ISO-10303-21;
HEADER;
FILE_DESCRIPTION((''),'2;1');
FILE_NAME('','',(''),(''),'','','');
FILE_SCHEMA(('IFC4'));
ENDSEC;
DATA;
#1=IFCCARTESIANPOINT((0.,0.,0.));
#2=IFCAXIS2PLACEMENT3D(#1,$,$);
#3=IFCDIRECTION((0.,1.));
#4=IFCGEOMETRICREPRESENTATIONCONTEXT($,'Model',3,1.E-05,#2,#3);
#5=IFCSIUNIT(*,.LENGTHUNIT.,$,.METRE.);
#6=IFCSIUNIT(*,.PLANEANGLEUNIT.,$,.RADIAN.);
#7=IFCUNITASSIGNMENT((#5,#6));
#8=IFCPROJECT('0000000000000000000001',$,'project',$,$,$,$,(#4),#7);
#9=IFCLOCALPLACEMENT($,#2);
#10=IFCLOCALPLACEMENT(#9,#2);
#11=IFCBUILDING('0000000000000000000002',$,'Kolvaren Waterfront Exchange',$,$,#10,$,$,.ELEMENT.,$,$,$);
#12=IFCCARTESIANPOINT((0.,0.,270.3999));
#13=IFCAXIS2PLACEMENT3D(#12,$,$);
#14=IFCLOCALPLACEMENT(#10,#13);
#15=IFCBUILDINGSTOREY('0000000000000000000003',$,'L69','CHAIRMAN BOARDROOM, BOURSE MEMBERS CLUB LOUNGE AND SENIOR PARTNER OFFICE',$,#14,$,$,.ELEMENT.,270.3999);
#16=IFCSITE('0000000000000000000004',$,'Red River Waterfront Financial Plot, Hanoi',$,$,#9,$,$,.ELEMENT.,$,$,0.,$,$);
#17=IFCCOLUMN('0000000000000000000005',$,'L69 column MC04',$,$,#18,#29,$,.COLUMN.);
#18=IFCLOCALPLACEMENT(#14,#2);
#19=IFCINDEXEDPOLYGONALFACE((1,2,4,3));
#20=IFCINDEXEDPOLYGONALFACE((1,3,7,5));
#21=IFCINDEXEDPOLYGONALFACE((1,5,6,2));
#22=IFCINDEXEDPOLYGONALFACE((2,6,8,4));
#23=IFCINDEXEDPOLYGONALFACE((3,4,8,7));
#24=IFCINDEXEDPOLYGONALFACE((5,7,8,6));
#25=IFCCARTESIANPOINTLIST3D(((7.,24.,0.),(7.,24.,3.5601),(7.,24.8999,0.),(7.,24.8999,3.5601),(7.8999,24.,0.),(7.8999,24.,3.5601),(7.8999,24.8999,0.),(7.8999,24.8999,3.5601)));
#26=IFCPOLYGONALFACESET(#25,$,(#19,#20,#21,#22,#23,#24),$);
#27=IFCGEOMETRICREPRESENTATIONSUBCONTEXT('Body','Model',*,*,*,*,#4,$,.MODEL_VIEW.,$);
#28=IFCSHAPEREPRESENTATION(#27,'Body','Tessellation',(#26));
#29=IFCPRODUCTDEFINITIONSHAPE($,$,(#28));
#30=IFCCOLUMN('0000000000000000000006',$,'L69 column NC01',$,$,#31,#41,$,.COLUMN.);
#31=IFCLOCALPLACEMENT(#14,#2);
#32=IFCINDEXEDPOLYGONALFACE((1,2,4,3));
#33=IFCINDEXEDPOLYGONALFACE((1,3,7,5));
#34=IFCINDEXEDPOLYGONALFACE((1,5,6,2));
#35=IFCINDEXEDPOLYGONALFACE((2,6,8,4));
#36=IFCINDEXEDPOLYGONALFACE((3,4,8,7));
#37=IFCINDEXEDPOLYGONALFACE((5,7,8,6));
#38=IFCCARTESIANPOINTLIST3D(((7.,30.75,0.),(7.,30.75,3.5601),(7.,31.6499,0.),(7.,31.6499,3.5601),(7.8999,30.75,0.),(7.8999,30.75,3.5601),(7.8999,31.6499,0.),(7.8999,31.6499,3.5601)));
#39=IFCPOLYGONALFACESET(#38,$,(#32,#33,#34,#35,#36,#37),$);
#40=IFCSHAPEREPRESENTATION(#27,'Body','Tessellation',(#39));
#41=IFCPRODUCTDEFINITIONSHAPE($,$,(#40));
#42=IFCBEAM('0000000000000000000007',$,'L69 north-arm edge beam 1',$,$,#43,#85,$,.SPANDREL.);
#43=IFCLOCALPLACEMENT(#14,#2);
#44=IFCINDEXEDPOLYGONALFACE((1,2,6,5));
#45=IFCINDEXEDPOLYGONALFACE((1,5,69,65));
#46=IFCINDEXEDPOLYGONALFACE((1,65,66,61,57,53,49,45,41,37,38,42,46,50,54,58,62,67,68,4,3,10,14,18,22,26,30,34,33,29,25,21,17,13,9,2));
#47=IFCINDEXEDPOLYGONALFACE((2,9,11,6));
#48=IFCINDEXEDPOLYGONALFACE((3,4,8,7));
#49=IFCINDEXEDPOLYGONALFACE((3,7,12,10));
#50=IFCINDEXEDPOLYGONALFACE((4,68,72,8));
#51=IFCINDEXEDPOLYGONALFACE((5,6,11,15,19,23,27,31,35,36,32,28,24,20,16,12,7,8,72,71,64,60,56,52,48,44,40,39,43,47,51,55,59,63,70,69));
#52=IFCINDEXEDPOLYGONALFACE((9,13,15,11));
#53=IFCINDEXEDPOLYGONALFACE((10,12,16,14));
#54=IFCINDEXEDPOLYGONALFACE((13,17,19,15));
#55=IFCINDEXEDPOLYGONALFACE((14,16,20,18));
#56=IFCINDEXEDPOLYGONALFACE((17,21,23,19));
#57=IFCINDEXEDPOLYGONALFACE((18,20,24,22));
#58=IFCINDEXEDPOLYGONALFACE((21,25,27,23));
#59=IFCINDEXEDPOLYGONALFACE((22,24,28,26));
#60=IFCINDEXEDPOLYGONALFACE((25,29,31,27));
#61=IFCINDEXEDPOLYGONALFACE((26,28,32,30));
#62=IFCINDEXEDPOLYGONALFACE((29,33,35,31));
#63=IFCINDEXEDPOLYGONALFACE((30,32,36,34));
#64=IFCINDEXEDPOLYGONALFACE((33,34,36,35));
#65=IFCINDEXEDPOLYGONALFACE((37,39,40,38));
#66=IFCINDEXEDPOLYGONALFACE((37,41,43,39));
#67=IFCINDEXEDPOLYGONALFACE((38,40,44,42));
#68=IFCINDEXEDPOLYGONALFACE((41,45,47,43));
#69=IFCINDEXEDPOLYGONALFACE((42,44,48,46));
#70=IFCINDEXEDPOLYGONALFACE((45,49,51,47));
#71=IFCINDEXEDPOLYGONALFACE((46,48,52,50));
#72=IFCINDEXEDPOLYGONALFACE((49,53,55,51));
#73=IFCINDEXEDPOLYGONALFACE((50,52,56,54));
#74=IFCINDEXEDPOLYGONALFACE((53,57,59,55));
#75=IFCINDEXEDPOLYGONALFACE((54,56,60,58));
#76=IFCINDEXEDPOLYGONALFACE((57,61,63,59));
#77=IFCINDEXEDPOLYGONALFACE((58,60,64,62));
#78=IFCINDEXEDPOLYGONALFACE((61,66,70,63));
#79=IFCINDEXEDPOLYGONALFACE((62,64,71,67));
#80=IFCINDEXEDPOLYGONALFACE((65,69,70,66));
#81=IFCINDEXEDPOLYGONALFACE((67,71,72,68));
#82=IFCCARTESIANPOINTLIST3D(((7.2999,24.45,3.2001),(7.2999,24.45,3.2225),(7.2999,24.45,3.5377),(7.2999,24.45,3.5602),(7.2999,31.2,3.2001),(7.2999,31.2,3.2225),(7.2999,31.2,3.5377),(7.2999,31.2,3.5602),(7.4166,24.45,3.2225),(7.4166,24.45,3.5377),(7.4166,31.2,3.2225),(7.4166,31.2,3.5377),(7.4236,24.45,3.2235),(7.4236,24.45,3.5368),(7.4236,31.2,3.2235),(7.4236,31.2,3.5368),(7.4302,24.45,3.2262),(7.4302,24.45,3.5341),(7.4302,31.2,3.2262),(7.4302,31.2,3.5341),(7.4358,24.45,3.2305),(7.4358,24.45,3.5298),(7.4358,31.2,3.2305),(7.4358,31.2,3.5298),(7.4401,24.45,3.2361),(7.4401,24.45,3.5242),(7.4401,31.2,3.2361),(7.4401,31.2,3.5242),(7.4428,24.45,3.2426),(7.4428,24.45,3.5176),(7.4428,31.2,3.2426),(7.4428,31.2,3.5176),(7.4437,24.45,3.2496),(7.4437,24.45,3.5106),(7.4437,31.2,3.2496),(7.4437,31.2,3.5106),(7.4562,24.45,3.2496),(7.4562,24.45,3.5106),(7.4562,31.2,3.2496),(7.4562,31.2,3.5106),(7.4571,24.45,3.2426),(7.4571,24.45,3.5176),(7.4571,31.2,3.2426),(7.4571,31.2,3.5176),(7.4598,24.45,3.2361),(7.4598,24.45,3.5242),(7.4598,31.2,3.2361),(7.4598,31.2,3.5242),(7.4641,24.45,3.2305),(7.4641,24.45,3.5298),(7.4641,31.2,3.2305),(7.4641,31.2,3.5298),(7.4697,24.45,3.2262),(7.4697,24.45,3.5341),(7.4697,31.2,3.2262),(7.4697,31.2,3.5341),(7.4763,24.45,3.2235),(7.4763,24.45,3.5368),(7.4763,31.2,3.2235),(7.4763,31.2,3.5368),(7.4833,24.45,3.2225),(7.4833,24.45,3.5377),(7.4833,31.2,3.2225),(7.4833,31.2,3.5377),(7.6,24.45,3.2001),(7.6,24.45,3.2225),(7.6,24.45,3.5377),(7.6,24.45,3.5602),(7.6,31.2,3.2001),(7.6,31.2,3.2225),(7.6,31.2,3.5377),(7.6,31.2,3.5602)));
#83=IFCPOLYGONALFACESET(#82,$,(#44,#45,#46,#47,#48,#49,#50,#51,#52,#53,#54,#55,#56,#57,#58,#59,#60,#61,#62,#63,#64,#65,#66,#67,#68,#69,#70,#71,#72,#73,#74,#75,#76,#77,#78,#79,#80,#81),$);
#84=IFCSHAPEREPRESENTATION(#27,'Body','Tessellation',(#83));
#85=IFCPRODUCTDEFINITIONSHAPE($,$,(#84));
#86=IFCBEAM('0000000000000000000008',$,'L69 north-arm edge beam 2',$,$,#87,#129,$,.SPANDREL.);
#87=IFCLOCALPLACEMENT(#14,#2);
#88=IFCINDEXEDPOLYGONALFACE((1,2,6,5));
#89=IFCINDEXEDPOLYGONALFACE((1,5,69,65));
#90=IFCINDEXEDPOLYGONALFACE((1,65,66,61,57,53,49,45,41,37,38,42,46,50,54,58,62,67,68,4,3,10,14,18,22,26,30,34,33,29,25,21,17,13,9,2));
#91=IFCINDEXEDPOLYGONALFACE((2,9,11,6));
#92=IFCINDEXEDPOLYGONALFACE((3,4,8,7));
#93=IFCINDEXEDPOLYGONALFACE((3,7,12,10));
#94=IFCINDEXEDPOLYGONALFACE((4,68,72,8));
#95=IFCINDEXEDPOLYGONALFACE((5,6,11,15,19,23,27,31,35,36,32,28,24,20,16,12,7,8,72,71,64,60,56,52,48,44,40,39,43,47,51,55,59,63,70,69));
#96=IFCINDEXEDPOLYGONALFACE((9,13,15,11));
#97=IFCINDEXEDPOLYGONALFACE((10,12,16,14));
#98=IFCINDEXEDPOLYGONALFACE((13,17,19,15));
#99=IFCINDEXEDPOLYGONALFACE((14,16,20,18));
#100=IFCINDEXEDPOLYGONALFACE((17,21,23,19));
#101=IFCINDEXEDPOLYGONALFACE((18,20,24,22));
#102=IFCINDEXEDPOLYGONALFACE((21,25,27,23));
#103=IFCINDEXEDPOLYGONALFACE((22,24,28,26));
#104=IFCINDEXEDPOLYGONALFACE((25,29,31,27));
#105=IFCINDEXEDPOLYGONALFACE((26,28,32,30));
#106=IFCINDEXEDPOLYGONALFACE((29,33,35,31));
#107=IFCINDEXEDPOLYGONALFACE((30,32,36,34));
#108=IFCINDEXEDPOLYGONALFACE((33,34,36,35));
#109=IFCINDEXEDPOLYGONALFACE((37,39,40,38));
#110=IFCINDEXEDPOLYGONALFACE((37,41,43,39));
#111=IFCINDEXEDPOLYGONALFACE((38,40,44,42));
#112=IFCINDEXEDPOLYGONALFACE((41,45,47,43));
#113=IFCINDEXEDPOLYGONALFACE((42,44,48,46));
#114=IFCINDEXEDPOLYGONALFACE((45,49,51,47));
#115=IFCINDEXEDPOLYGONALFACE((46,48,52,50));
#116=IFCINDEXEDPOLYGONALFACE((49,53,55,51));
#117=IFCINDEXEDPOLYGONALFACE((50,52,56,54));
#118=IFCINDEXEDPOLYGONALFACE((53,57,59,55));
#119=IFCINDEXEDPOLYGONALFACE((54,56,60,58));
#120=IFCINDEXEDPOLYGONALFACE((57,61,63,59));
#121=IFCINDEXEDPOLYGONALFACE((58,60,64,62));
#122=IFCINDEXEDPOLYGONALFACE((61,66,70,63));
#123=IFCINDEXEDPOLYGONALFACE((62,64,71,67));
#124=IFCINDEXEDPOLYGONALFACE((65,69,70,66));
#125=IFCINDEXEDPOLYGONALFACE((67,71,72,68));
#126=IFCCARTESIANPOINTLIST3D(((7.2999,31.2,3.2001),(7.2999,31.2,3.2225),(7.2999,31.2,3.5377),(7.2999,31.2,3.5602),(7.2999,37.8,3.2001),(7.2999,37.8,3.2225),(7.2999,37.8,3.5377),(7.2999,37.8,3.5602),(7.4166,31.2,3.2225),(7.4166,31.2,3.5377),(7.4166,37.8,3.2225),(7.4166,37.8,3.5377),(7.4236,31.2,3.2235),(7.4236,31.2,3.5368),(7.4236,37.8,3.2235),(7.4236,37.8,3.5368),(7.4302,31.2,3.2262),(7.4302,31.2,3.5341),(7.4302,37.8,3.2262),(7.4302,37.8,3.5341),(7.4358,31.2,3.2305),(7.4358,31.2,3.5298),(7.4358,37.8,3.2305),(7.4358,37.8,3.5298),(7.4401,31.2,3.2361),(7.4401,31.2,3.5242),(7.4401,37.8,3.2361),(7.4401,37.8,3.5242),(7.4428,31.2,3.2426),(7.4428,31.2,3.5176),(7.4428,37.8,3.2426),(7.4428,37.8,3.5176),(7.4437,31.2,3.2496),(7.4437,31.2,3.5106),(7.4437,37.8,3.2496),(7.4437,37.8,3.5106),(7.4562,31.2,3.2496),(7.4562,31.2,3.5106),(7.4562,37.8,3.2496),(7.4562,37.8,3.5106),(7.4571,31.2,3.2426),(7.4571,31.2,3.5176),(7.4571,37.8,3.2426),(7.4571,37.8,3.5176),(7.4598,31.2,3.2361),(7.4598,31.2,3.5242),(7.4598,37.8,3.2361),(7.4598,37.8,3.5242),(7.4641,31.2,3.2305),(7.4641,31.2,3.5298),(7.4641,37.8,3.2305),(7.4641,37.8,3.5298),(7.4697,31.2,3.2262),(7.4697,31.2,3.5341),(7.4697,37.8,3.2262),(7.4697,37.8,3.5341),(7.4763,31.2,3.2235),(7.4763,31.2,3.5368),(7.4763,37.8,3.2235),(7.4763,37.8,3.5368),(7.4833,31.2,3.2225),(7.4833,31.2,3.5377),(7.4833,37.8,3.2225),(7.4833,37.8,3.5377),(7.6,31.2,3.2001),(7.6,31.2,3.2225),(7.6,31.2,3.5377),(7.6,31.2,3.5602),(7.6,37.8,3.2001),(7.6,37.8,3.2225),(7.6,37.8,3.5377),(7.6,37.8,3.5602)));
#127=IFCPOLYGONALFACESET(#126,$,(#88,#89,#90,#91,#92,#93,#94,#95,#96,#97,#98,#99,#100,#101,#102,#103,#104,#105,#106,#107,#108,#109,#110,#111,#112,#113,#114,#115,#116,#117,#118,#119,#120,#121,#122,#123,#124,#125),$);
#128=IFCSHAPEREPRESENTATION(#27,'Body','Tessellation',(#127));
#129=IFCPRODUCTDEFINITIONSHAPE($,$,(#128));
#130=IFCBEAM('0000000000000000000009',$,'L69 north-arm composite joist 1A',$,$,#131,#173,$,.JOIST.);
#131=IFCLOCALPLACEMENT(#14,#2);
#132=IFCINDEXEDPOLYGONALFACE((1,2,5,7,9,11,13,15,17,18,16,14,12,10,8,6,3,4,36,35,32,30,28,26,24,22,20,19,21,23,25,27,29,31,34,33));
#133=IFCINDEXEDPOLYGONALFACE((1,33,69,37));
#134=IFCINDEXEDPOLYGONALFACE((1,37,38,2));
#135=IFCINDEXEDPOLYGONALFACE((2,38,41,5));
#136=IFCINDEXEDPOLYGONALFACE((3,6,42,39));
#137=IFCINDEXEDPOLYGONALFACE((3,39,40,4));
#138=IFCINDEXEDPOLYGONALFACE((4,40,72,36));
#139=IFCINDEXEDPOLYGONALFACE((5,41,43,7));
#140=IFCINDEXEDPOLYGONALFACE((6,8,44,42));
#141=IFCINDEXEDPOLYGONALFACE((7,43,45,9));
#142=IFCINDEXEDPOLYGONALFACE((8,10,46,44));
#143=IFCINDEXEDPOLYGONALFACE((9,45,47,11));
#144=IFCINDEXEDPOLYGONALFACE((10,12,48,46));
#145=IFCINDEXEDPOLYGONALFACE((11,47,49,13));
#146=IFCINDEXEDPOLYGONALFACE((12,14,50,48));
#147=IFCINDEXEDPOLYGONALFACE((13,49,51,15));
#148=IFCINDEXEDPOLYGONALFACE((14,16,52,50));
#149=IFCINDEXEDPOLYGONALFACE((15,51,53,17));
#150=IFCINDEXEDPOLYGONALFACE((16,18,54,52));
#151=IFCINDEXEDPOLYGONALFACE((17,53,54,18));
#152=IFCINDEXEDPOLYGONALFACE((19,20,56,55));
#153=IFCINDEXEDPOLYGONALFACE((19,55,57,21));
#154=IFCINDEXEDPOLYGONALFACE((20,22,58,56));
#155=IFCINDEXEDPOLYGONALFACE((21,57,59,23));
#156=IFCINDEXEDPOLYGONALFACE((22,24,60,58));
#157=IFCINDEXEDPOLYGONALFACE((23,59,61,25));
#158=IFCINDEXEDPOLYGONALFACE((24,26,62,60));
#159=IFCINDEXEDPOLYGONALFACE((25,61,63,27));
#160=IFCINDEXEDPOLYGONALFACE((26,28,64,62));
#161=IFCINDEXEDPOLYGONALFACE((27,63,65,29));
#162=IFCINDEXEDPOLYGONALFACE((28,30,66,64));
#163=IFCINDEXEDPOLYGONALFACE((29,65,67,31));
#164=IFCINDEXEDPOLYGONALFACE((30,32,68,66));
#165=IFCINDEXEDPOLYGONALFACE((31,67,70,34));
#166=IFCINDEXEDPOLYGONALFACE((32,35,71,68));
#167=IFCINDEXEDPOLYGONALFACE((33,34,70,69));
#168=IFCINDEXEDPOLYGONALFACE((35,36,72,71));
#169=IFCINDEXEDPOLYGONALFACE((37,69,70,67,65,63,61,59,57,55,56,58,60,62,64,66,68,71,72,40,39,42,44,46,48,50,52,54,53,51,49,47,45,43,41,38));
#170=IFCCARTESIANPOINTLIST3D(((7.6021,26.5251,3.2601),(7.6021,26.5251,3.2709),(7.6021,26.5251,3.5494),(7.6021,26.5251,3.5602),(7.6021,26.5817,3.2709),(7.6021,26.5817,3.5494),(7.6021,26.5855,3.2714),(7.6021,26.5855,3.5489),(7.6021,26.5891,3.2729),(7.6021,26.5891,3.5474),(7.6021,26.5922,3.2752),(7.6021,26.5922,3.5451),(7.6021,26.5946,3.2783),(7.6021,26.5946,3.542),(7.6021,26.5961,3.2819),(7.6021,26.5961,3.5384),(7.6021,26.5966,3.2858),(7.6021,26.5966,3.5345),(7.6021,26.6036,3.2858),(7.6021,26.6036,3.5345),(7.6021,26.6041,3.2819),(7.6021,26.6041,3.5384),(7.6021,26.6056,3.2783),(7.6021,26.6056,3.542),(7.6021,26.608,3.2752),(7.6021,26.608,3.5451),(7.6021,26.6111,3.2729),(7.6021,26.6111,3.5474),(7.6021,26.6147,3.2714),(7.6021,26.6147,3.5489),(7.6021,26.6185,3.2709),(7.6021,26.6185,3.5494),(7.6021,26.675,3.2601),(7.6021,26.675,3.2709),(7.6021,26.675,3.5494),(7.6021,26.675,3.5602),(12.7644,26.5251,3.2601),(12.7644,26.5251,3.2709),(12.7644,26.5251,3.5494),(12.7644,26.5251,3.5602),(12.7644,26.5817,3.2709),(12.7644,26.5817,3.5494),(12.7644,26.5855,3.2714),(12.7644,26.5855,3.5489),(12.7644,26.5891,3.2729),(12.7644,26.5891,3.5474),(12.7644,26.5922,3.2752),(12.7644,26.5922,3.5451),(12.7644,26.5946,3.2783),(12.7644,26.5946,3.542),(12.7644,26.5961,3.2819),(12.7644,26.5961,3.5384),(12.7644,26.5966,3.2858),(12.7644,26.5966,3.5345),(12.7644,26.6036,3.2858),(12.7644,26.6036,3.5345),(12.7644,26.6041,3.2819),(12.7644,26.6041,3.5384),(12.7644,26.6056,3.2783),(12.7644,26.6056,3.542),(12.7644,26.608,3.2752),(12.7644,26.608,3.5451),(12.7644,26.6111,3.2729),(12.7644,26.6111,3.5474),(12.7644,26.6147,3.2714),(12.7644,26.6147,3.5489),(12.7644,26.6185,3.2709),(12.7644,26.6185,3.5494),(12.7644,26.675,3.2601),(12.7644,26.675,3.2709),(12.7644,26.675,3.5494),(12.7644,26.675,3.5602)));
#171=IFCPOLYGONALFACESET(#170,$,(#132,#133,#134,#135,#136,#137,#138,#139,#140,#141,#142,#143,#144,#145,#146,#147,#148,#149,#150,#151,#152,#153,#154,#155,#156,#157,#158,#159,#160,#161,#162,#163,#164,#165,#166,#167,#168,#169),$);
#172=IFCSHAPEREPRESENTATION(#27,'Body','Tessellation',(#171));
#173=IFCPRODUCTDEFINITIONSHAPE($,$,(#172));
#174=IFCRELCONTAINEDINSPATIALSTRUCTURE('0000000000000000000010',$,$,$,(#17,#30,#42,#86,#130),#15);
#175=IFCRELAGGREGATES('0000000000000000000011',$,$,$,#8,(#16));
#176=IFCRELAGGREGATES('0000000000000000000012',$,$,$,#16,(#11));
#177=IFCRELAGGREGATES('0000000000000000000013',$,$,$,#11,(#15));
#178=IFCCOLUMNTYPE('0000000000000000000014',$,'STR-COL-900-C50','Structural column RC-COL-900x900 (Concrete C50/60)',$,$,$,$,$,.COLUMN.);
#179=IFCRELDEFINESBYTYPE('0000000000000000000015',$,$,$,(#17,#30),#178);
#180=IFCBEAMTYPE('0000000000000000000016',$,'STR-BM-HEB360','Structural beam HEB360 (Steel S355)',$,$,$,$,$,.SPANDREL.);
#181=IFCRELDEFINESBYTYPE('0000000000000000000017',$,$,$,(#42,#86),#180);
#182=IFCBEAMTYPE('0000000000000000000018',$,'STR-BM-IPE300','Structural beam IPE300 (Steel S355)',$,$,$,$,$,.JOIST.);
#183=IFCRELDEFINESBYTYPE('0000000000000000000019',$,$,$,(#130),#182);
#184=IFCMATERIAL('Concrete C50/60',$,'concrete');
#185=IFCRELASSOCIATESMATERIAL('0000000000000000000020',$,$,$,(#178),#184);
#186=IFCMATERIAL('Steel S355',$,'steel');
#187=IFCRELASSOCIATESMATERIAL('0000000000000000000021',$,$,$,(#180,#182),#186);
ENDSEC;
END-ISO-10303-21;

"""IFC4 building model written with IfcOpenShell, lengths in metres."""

from ifc_helpers import new_model, si_unit, direction, frame, origin, origin_2d, place, context, subcontext, project, spatial, rectangle, i_section, extrude, material, material_profile, profile_set, type_object, element, save


model = new_model("IFC4")

# Units and contexts
model_context = context("Model", 3, precision=1e-05, world=origin(), true_north=direction((0.0, 1.0)))
body_context = subcontext(model_context, "Body", "Model", "MODEL_VIEW")
ifc_project = project(units=[si_unit("LENGTHUNIT", "METRE"), si_unit("PLANEANGLEUNIT", "RADIAN")], contexts=[model_context])

# Site, building, storey
site_placement = place(None, origin())
site = spatial("IfcSite", under=ifc_project, at=site_placement, Name="Red River Waterfront Financial Plot, Hanoi", CompositionType="ELEMENT", RefElevation=0.0)
building_placement = place(site_placement, origin())
building = spatial("IfcBuilding", under=site, at=building_placement, Name="Kolvaren Waterfront Exchange", CompositionType="ELEMENT")
storey_placement = place(building_placement, frame((0.0, 0.0, 270.3999)))
storey = spatial("IfcBuildingStorey", under=building, at=storey_placement, Name="L69", Description="CHAIRMAN BOARDROOM, BOURSE MEMBERS CLUB LOUNGE AND SENIOR PARTNER OFFICE", CompositionType="ELEMENT", Elevation=270.3999)

# Columns
ifc_material_1 = material(Name="Concrete C50/60", Category="concrete")
ifc_material_profile_1 = material_profile(ifc_material_1, rectangle(XDim=0.8999, YDim=0.8999, at=origin_2d()), Name="RC-COL-900x900")
ifc_profile_set_1 = profile_set([ifc_material_profile_1], Name="Concrete C50/60")
column_type = type_object("IfcColumnType", Name="STR-COL-900-C50", Description="Structural column RC-COL-900x900 (Concrete C50/60)", PredefinedType="COLUMN", material=ifc_profile_set_1)
for number, where, z_axis, x_axis, name in (
    (1, (7.45, 24.45, 0.0), (0.0, 0.0, 1.0), (1.0, 0.0, 0.0), "L69 column MC04"),
    (2, (7.45, 31.2, 0.0), (0.0, 0.0, 1.0), (1.0, 0.0, 0.0), "L69 column NC01"),
):
    element("IfcColumn", number, at=place(storey_placement, frame(where, z_axis=z_axis, x_axis=x_axis)), inside=storey, type_object=column_type, Name=name, PredefinedType="COLUMN", context=body_context, shape_type="SweptSolid", body=[
        extrude(rectangle(XDim=0.8999, YDim=0.8999, at=origin_2d()), origin(), (0.0, 0.0, 1.0), 3.5601),
    ])

# Beams
ifc_material_2 = material(Name="Steel S355", Category="steel")
ifc_material_profile_2 = material_profile(ifc_material_2, i_section(OverallWidth=0.3, OverallDepth=0.3601, WebThickness=0.0125, FlangeThickness=0.0225, FilletRadius=0.0271, at=origin_2d()), Name="HEB360")
ifc_profile_set_2 = profile_set([ifc_material_profile_2], Name="Steel S355")
beam_type_1 = type_object("IfcBeamType", Name="STR-BM-HEB360", Description="Structural beam HEB360 (Steel S355)", PredefinedType="SPANDREL", material=ifc_profile_set_2)
beam_1_placement = place(storey_placement, frame((7.45, 24.45, 3.3801), z_axis=(0.0, 1.0, 0.0), x_axis=(-1.0, 0.0, 0.0)))
element("IfcBeam", 3, at=beam_1_placement, inside=storey, type_object=beam_type_1, Name="L69 north-arm edge beam 1", PredefinedType="SPANDREL", context=body_context, shape_type="SweptSolid", body=[
    extrude(i_section(OverallWidth=0.3, OverallDepth=0.3601, WebThickness=0.0125, FlangeThickness=0.0225, FilletRadius=0.0271, at=origin_2d()), origin(), (0.0, 0.0, 1.0), 6.75),
])
beam_2_placement = place(storey_placement, frame((7.45, 31.2, 3.3801), z_axis=(0.0, 1.0, 0.0), x_axis=(-1.0, 0.0, 0.0)))
element("IfcBeam", 4, at=beam_2_placement, inside=storey, type_object=beam_type_1, Name="L69 north-arm edge beam 2", PredefinedType="SPANDREL", context=body_context, shape_type="SweptSolid", body=[
    extrude(i_section(OverallWidth=0.3, OverallDepth=0.3601, WebThickness=0.0125, FlangeThickness=0.0225, FilletRadius=0.0271, at=origin_2d()), origin(), (0.0, 0.0, 1.0), 6.6001),
])
ifc_material_profile_3 = material_profile(ifc_material_2, i_section(OverallWidth=0.1499, OverallDepth=0.3, WebThickness=0.0071, FlangeThickness=0.0107, FilletRadius=0.0149, at=origin_2d()), Name="IPE300")
ifc_profile_set_3 = profile_set([ifc_material_profile_3], Name="Steel S355")
beam_type_2 = type_object("IfcBeamType", Name="STR-BM-IPE300", Description="Structural beam IPE300 (Steel S355)", PredefinedType="JOIST", material=ifc_profile_set_3)
for number, where, z_axis, x_axis, name in (
    (5, (7.6021, 26.6001, 3.4102), (1.0, 0.0, 0.0), (0.0, 1.0, 0.0), "L69 north-arm composite joist 1A"),
):
    element("IfcBeam", number, at=place(storey_placement, frame(where, z_axis=z_axis, x_axis=x_axis)), inside=storey, type_object=beam_type_2, Name=name, PredefinedType="JOIST", context=body_context, shape_type="SweptSolid", body=[
        extrude(i_section(OverallWidth=0.1499, OverallDepth=0.3, WebThickness=0.0071, FlangeThickness=0.0107, FilletRadius=0.0149, at=origin_2d()), origin(), (0.0, 0.0, 1.0), 5.1624),
    ])

save(model, "model.ifc")
